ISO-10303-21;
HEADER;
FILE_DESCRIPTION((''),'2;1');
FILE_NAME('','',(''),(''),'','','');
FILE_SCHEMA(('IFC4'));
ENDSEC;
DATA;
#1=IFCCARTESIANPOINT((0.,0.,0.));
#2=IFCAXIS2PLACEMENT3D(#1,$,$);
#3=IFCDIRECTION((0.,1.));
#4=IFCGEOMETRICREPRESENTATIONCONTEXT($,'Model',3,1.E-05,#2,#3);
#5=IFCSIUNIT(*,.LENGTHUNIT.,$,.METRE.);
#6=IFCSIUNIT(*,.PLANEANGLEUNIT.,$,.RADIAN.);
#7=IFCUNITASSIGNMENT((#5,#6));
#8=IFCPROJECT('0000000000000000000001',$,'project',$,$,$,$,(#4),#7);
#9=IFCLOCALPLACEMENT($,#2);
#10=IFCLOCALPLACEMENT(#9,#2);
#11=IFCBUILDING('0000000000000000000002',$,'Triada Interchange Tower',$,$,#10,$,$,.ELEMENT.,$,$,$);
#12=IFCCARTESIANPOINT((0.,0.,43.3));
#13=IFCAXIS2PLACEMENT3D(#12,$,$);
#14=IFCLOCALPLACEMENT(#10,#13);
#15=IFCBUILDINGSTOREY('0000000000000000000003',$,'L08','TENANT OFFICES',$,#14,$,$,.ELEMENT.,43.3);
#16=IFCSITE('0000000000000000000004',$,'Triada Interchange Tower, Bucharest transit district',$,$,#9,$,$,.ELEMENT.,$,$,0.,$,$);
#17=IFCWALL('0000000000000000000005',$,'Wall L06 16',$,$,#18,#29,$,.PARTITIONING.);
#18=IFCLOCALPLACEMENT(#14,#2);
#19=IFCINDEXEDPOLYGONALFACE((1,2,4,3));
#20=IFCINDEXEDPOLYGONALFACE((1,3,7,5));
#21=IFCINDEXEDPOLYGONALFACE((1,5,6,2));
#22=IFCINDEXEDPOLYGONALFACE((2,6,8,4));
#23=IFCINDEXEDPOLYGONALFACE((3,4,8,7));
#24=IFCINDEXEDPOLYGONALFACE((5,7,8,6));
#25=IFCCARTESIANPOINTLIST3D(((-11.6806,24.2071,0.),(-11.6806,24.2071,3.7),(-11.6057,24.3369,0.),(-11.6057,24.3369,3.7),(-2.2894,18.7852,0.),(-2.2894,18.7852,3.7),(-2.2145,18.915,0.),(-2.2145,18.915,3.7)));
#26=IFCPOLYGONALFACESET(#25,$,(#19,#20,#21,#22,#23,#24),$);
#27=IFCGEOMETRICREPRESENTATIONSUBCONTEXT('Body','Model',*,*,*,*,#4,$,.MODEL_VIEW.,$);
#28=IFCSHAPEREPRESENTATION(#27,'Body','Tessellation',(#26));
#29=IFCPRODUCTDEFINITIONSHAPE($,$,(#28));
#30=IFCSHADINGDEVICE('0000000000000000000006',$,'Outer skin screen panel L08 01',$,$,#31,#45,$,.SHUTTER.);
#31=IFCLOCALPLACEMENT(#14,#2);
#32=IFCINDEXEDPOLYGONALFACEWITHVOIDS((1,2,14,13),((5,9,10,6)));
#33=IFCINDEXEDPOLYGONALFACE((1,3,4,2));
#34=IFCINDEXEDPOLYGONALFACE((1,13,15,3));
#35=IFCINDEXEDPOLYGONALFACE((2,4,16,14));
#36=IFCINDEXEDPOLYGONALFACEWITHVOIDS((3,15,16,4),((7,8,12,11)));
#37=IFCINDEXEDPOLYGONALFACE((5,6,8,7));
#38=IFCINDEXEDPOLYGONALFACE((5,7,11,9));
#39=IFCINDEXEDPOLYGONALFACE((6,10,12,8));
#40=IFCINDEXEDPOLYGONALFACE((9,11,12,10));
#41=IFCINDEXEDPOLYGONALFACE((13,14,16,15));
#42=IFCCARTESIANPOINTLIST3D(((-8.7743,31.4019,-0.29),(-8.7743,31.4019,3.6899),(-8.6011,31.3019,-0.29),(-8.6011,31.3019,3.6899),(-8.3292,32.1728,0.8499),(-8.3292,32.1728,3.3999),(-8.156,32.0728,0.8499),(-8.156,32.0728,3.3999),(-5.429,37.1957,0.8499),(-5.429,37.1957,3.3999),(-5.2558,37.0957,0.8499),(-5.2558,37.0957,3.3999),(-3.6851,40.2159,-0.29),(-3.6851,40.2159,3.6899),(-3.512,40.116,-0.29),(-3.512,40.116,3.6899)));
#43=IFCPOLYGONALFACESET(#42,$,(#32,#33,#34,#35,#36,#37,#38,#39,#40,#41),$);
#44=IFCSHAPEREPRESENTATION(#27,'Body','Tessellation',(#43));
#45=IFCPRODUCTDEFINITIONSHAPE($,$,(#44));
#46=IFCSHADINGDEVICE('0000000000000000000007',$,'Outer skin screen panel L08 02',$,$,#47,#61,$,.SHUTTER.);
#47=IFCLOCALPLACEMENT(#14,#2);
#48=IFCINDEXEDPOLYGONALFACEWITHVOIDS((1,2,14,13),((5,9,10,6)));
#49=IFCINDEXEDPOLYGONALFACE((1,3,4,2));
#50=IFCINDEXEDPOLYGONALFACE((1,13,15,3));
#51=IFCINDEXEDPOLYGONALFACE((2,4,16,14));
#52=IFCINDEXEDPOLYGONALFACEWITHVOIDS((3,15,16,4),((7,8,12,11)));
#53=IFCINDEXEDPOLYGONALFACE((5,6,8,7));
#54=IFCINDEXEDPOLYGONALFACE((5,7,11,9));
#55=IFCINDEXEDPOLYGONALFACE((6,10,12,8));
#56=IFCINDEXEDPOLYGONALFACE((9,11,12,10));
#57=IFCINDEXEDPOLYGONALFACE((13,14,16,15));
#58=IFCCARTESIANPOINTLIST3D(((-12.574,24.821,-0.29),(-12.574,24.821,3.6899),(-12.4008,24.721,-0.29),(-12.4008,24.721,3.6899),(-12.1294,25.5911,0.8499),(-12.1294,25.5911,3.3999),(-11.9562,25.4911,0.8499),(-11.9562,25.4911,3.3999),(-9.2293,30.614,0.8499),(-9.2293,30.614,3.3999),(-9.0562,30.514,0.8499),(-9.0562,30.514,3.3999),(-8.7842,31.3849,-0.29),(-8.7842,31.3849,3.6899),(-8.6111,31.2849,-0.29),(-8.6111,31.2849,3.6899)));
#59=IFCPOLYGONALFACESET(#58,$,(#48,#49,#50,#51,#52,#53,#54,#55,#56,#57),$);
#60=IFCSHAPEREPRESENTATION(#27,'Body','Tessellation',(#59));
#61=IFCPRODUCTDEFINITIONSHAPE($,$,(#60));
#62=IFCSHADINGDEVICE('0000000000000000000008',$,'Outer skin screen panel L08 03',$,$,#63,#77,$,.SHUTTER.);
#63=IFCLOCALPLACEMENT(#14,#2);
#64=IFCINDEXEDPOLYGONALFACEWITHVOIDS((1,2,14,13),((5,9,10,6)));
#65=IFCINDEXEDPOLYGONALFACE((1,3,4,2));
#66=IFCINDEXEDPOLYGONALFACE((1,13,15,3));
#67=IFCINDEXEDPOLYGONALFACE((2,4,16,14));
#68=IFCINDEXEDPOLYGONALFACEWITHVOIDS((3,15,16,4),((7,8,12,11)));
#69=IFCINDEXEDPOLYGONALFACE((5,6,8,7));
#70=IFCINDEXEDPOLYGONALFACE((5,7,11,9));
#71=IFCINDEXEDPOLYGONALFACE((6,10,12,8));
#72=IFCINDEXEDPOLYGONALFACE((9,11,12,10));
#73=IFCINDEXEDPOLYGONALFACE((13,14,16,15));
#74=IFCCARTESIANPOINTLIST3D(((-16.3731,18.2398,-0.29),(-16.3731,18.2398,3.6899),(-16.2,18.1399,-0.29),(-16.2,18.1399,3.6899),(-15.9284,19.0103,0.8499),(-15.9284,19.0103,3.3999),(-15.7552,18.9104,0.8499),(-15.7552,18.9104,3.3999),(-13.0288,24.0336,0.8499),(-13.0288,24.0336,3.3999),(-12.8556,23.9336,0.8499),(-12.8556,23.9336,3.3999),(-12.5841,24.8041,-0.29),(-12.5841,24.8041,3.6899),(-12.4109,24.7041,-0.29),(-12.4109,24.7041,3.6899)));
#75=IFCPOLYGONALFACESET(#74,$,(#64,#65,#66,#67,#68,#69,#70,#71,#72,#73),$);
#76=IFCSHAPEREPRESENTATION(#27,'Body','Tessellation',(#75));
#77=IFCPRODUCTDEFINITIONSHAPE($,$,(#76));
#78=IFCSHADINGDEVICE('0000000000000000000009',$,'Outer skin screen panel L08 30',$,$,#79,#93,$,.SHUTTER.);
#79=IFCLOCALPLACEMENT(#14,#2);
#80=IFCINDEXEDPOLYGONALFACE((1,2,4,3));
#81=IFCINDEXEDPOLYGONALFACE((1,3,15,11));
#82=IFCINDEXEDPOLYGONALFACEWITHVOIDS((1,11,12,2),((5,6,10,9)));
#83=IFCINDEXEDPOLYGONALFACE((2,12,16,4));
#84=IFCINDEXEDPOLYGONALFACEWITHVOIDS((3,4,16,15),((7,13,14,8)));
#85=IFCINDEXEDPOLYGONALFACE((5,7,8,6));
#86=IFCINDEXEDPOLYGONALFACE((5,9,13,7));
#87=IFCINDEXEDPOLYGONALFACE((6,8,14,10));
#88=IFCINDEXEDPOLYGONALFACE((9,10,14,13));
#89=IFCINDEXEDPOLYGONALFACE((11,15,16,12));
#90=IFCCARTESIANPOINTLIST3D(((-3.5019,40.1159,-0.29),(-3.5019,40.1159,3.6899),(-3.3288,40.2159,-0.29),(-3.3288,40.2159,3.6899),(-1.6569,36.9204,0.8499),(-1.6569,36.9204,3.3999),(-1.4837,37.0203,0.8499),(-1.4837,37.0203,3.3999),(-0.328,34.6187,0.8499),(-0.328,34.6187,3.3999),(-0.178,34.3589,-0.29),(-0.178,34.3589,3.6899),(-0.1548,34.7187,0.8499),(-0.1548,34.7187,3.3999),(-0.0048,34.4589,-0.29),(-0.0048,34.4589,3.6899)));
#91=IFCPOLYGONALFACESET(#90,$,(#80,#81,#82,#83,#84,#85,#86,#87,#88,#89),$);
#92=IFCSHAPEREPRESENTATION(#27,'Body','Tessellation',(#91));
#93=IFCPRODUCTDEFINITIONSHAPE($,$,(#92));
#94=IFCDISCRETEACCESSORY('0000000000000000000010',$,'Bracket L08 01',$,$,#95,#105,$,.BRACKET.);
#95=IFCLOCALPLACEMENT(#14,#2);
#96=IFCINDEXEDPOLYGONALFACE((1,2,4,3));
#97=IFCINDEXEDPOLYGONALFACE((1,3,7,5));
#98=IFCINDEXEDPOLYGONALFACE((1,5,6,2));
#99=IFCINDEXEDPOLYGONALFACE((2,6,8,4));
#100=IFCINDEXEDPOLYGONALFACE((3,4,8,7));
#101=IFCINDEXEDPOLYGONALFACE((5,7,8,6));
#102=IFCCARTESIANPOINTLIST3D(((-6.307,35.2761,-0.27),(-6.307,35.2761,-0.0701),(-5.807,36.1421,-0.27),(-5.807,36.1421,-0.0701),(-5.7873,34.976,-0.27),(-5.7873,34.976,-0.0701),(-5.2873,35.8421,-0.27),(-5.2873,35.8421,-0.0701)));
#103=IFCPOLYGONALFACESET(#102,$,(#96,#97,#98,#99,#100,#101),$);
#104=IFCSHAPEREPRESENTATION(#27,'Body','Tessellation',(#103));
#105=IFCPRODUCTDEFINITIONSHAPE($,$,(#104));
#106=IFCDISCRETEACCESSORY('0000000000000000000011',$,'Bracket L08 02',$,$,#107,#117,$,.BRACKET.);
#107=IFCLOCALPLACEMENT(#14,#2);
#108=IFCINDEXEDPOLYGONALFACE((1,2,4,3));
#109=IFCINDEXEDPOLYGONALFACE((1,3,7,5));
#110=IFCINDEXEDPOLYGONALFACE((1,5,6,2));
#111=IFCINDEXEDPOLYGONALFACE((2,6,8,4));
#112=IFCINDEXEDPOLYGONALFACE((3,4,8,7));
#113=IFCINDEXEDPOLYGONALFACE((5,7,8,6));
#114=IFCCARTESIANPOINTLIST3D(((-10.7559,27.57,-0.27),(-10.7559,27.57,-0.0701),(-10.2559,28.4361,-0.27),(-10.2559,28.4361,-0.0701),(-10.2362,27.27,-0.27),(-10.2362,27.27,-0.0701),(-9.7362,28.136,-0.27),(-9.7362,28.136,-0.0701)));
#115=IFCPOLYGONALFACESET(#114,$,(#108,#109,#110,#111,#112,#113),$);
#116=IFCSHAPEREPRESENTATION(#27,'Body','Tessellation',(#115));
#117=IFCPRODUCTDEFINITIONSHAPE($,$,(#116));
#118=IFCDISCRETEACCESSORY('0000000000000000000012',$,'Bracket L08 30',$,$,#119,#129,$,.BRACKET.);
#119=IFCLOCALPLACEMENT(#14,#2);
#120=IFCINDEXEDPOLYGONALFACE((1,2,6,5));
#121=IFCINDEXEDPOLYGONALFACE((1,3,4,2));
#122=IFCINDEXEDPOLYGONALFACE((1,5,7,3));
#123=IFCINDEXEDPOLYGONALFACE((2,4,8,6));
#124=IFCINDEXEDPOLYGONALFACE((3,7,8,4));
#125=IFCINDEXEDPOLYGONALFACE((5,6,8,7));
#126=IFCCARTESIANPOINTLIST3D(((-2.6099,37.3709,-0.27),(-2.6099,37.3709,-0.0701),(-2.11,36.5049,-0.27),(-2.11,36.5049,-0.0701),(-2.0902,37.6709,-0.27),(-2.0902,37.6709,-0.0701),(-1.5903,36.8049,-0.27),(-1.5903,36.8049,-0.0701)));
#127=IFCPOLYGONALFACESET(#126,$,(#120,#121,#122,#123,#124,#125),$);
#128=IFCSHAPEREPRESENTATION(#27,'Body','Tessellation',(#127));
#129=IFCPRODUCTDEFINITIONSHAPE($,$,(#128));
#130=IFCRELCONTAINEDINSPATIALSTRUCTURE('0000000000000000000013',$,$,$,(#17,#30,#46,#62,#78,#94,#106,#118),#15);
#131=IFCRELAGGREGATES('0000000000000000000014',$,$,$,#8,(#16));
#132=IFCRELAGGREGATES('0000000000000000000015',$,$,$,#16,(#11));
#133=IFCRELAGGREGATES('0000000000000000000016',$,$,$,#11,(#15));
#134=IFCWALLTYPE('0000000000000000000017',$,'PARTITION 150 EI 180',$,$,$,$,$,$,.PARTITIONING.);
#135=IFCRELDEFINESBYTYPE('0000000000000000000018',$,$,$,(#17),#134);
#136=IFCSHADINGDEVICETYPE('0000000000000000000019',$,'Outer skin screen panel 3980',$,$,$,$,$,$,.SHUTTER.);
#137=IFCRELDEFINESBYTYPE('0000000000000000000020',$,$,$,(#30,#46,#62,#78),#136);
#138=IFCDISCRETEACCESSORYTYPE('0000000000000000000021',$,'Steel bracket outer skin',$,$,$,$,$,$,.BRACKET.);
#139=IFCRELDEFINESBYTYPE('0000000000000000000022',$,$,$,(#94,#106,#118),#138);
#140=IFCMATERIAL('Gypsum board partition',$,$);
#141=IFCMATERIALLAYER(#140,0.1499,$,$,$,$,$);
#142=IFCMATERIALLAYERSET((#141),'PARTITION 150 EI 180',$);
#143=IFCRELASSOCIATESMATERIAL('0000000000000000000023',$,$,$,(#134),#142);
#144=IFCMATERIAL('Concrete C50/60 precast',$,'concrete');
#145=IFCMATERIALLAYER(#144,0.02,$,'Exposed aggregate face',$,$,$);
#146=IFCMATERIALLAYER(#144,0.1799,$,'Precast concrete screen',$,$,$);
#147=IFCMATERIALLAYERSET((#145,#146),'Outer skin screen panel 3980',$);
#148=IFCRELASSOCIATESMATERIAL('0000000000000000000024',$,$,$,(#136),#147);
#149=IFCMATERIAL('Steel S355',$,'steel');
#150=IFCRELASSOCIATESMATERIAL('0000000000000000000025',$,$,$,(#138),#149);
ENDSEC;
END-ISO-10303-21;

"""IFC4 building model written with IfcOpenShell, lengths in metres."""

from ifc_helpers import new_model, si_unit, direction, frame, frame_2d, origin, origin_2d, place, context, subcontext, project, spatial, polyline, rectangle, outline, extrude, material, layer, layer_set, type_object, element, save


model = new_model("IFC4")

# Units and contexts
model_context = context("Model", 3, precision=1e-05, world=origin(), true_north=direction((0.0, 1.0)))
body_context = subcontext(model_context, "Body", "Model", "MODEL_VIEW")
ifc_project = project(units=[si_unit("LENGTHUNIT", "METRE"), si_unit("PLANEANGLEUNIT", "RADIAN")], contexts=[model_context])

# Site, building, storey
site_placement = place(None, origin())
site = spatial("IfcSite", under=ifc_project, at=site_placement, Name="Triada Interchange Tower, Bucharest transit district", CompositionType="ELEMENT", RefElevation=0.0)
building_placement = place(site_placement, origin())
building = spatial("IfcBuilding", under=site, at=building_placement, Name="Triada Interchange Tower", CompositionType="ELEMENT")
storey_placement = place(building_placement, frame((0.0, 0.0, 43.3)))
storey = spatial("IfcBuildingStorey", under=building, at=storey_placement, Name="L08", Description="TENANT OFFICES", CompositionType="ELEMENT", Elevation=43.3)

# Wall
ifc_material_1 = material(Name="Gypsum board partition")
ifc_layer_1 = layer(ifc_material_1, 0.1499)
ifc_layer_set_1 = layer_set([ifc_layer_1], Name="PARTITION 150 EI 180")
wall_type_1 = type_object("IfcWallType", Name="PARTITION 150 EI 180", PredefinedType="PARTITIONING", material=ifc_layer_set_1)
wall_1_placement = place(storey_placement, frame((-11.6431, 24.272, 0.0), z_axis=(0.0, 0.0, 1.0), x_axis=(0.866029, -0.499994, 0.0)))
element("IfcWall", 1, at=wall_1_placement, inside=storey, type_object=wall_type_1, Name="Wall L06 16", PredefinedType="PARTITIONING", context=body_context, shape_type="SweptSolid", body=[
    extrude(rectangle(XDim=10.844, YDim=0.1499, at=frame_2d((5.4219, 0.0))), origin(), (0.0, 0.0, 1.0), 3.7),
])

# Shading devices
ifc_material_2 = material(Name="Concrete C50/60 precast", Category="concrete")
ifc_layer_2 = layer(ifc_material_2, 0.02, Name="Exposed aggregate face")
ifc_layer_3 = layer(ifc_material_2, 0.1799, Name="Precast concrete screen")
ifc_layer_set_2 = layer_set([ifc_layer_2, ifc_layer_3], Name="Outer skin screen panel 3980")
shading_device_type = type_object("IfcShadingDeviceType", Name="Outer skin screen panel 3980", PredefinedType="SHUTTER", material=ifc_layer_set_2)
shading_device_1_placement = place(storey_placement, frame((-3.512, 40.116, -0.29), z_axis=(0.0, 0.0, 1.0), x_axis=(-0.500027, -0.86601, 0.0)))
element("IfcShadingDevice", 2, at=shading_device_1_placement, inside=storey, type_object=shading_device_type, Name="Outer skin screen panel L08 01", PredefinedType="SHUTTER", context=body_context, shape_type="SweptSolid", body=[
    extrude(outline(polyline([(0.0, 0.0), (10.1777, 0.0), (10.1777, 3.98), (0.0, 3.98), (0.0, 0.0)]), holes=[polyline([(3.4875, 1.1399), (3.4875, 3.6899), (9.2876, 3.6899), (9.2876, 1.1399), (3.4875, 1.1399)])]), frame((0.0, 0.0, 0.0), z_axis=(0.0, -1.0, 0.0), x_axis=(1.0, 0.0, 0.0)), (0.0, 0.0, 1.0), 0.2),
])
shading_device_2_placement = place(storey_placement, frame((-8.6111, 31.2849, -0.29), z_axis=(0.0, 0.0, 1.0), x_axis=(-0.500009, -0.86602, 0.0)))
element("IfcShadingDevice", 3, at=shading_device_2_placement, inside=storey, type_object=shading_device_type, Name="Outer skin screen panel L08 02", PredefinedType="SHUTTER", context=body_context, shape_type="SweptSolid", body=[
    extrude(outline(polyline([(0.0, 0.0), (7.5793, 0.0), (7.5793, 3.98), (0.0, 3.98), (0.0, 0.0)]), holes=[polyline([(0.8901, 1.1399), (0.8901, 3.6899), (6.6902, 3.6899), (6.6902, 1.1399), (0.8901, 1.1399)])]), frame((0.0, 0.0, 0.0), z_axis=(0.0, -1.0, 0.0), x_axis=(1.0, 0.0, 0.0)), (0.0, 0.0, 1.0), 0.2),
])
shading_device_3_placement = place(storey_placement, frame((-12.4109, 24.7041, -0.29), z_axis=(0.0, 0.0, 1.0), x_axis=(-0.499922, -0.86607, 0.0)))
element("IfcShadingDevice", 4, at=shading_device_3_placement, inside=storey, type_object=shading_device_type, Name="Outer skin screen panel L08 03", PredefinedType="SHUTTER", context=body_context, shape_type="SweptSolid", body=[
    extrude(outline(polyline([(0.0, 0.0), (7.5793, 0.0), (7.5793, 3.98), (0.0, 3.98), (0.0, 0.0)]), holes=[polyline([(0.8896, 1.1399), (0.8896, 3.6899), (6.6897, 3.6899), (6.6897, 1.1399), (0.8896, 1.1399)])]), frame((0.0, 0.0, 0.0), z_axis=(0.0, -1.0, 0.0), x_axis=(1.0, 0.0, 0.0)), (0.0, 0.0, 1.0), 0.2),
])
shading_device_4_placement = place(storey_placement, frame((-0.178, 34.3589, -0.29), z_axis=(0.0, 0.0, 1.0), x_axis=(-0.500014, 0.866017, 0.0)))
element("IfcShadingDevice", 5, at=shading_device_4_placement, inside=storey, type_object=shading_device_type, Name="Outer skin screen panel L08 30", PredefinedType="SHUTTER", context=body_context, shape_type="SweptSolid", body=[
    extrude(outline(polyline([(0.0, 0.0), (6.6477, 0.0), (6.6477, 3.98), (0.0, 3.98), (0.0, 0.0)]), holes=[polyline([(0.3, 1.1399), (0.3, 3.6899), (2.9578, 3.6899), (2.9578, 1.1399), (0.3, 1.1399)])]), frame((0.0, 0.0, 0.0), z_axis=(0.0, -1.0, 0.0), x_axis=(1.0, 0.0, 0.0)), (0.0, 0.0, 1.0), 0.2),
])

# Discrete accessories
ifc_material_3 = material(Name="Steel S355", Category="steel")
discrete_accessory_type = type_object("IfcDiscreteAccessoryType", Name="Steel bracket outer skin", PredefinedType="BRACKET", material=ifc_material_3)
for number, where, z_axis, x_axis, name in (
    (6, (-5.7971, 35.5591, -0.27), (0.0, 0.0, 1.0), (-0.866021, 0.500008, 0.0), "Bracket L08 01"),
    (7, (-10.2461, 27.853, -0.27), (0.0, 0.0, 1.0), (-0.866021, 0.500008, 0.0), "Bracket L08 02"),
    (8, (-2.1001, 37.0879, -0.27), (0.0, 0.0, 1.0), (0.86605, 0.499957, 0.0), "Bracket L08 30"),
):
    element("IfcDiscreteAccessory", number, at=place(storey_placement, frame(where, z_axis=z_axis, x_axis=x_axis)), inside=storey, type_object=discrete_accessory_type, Name=name, PredefinedType="BRACKET", context=body_context, shape_type="SweptSolid", body=[
        extrude(rectangle(XDim=0.6001, YDim=1.0, at=origin_2d()), origin(), (0.0, 0.0, 1.0), 0.2),
    ])

save(model, "model.ifc")
